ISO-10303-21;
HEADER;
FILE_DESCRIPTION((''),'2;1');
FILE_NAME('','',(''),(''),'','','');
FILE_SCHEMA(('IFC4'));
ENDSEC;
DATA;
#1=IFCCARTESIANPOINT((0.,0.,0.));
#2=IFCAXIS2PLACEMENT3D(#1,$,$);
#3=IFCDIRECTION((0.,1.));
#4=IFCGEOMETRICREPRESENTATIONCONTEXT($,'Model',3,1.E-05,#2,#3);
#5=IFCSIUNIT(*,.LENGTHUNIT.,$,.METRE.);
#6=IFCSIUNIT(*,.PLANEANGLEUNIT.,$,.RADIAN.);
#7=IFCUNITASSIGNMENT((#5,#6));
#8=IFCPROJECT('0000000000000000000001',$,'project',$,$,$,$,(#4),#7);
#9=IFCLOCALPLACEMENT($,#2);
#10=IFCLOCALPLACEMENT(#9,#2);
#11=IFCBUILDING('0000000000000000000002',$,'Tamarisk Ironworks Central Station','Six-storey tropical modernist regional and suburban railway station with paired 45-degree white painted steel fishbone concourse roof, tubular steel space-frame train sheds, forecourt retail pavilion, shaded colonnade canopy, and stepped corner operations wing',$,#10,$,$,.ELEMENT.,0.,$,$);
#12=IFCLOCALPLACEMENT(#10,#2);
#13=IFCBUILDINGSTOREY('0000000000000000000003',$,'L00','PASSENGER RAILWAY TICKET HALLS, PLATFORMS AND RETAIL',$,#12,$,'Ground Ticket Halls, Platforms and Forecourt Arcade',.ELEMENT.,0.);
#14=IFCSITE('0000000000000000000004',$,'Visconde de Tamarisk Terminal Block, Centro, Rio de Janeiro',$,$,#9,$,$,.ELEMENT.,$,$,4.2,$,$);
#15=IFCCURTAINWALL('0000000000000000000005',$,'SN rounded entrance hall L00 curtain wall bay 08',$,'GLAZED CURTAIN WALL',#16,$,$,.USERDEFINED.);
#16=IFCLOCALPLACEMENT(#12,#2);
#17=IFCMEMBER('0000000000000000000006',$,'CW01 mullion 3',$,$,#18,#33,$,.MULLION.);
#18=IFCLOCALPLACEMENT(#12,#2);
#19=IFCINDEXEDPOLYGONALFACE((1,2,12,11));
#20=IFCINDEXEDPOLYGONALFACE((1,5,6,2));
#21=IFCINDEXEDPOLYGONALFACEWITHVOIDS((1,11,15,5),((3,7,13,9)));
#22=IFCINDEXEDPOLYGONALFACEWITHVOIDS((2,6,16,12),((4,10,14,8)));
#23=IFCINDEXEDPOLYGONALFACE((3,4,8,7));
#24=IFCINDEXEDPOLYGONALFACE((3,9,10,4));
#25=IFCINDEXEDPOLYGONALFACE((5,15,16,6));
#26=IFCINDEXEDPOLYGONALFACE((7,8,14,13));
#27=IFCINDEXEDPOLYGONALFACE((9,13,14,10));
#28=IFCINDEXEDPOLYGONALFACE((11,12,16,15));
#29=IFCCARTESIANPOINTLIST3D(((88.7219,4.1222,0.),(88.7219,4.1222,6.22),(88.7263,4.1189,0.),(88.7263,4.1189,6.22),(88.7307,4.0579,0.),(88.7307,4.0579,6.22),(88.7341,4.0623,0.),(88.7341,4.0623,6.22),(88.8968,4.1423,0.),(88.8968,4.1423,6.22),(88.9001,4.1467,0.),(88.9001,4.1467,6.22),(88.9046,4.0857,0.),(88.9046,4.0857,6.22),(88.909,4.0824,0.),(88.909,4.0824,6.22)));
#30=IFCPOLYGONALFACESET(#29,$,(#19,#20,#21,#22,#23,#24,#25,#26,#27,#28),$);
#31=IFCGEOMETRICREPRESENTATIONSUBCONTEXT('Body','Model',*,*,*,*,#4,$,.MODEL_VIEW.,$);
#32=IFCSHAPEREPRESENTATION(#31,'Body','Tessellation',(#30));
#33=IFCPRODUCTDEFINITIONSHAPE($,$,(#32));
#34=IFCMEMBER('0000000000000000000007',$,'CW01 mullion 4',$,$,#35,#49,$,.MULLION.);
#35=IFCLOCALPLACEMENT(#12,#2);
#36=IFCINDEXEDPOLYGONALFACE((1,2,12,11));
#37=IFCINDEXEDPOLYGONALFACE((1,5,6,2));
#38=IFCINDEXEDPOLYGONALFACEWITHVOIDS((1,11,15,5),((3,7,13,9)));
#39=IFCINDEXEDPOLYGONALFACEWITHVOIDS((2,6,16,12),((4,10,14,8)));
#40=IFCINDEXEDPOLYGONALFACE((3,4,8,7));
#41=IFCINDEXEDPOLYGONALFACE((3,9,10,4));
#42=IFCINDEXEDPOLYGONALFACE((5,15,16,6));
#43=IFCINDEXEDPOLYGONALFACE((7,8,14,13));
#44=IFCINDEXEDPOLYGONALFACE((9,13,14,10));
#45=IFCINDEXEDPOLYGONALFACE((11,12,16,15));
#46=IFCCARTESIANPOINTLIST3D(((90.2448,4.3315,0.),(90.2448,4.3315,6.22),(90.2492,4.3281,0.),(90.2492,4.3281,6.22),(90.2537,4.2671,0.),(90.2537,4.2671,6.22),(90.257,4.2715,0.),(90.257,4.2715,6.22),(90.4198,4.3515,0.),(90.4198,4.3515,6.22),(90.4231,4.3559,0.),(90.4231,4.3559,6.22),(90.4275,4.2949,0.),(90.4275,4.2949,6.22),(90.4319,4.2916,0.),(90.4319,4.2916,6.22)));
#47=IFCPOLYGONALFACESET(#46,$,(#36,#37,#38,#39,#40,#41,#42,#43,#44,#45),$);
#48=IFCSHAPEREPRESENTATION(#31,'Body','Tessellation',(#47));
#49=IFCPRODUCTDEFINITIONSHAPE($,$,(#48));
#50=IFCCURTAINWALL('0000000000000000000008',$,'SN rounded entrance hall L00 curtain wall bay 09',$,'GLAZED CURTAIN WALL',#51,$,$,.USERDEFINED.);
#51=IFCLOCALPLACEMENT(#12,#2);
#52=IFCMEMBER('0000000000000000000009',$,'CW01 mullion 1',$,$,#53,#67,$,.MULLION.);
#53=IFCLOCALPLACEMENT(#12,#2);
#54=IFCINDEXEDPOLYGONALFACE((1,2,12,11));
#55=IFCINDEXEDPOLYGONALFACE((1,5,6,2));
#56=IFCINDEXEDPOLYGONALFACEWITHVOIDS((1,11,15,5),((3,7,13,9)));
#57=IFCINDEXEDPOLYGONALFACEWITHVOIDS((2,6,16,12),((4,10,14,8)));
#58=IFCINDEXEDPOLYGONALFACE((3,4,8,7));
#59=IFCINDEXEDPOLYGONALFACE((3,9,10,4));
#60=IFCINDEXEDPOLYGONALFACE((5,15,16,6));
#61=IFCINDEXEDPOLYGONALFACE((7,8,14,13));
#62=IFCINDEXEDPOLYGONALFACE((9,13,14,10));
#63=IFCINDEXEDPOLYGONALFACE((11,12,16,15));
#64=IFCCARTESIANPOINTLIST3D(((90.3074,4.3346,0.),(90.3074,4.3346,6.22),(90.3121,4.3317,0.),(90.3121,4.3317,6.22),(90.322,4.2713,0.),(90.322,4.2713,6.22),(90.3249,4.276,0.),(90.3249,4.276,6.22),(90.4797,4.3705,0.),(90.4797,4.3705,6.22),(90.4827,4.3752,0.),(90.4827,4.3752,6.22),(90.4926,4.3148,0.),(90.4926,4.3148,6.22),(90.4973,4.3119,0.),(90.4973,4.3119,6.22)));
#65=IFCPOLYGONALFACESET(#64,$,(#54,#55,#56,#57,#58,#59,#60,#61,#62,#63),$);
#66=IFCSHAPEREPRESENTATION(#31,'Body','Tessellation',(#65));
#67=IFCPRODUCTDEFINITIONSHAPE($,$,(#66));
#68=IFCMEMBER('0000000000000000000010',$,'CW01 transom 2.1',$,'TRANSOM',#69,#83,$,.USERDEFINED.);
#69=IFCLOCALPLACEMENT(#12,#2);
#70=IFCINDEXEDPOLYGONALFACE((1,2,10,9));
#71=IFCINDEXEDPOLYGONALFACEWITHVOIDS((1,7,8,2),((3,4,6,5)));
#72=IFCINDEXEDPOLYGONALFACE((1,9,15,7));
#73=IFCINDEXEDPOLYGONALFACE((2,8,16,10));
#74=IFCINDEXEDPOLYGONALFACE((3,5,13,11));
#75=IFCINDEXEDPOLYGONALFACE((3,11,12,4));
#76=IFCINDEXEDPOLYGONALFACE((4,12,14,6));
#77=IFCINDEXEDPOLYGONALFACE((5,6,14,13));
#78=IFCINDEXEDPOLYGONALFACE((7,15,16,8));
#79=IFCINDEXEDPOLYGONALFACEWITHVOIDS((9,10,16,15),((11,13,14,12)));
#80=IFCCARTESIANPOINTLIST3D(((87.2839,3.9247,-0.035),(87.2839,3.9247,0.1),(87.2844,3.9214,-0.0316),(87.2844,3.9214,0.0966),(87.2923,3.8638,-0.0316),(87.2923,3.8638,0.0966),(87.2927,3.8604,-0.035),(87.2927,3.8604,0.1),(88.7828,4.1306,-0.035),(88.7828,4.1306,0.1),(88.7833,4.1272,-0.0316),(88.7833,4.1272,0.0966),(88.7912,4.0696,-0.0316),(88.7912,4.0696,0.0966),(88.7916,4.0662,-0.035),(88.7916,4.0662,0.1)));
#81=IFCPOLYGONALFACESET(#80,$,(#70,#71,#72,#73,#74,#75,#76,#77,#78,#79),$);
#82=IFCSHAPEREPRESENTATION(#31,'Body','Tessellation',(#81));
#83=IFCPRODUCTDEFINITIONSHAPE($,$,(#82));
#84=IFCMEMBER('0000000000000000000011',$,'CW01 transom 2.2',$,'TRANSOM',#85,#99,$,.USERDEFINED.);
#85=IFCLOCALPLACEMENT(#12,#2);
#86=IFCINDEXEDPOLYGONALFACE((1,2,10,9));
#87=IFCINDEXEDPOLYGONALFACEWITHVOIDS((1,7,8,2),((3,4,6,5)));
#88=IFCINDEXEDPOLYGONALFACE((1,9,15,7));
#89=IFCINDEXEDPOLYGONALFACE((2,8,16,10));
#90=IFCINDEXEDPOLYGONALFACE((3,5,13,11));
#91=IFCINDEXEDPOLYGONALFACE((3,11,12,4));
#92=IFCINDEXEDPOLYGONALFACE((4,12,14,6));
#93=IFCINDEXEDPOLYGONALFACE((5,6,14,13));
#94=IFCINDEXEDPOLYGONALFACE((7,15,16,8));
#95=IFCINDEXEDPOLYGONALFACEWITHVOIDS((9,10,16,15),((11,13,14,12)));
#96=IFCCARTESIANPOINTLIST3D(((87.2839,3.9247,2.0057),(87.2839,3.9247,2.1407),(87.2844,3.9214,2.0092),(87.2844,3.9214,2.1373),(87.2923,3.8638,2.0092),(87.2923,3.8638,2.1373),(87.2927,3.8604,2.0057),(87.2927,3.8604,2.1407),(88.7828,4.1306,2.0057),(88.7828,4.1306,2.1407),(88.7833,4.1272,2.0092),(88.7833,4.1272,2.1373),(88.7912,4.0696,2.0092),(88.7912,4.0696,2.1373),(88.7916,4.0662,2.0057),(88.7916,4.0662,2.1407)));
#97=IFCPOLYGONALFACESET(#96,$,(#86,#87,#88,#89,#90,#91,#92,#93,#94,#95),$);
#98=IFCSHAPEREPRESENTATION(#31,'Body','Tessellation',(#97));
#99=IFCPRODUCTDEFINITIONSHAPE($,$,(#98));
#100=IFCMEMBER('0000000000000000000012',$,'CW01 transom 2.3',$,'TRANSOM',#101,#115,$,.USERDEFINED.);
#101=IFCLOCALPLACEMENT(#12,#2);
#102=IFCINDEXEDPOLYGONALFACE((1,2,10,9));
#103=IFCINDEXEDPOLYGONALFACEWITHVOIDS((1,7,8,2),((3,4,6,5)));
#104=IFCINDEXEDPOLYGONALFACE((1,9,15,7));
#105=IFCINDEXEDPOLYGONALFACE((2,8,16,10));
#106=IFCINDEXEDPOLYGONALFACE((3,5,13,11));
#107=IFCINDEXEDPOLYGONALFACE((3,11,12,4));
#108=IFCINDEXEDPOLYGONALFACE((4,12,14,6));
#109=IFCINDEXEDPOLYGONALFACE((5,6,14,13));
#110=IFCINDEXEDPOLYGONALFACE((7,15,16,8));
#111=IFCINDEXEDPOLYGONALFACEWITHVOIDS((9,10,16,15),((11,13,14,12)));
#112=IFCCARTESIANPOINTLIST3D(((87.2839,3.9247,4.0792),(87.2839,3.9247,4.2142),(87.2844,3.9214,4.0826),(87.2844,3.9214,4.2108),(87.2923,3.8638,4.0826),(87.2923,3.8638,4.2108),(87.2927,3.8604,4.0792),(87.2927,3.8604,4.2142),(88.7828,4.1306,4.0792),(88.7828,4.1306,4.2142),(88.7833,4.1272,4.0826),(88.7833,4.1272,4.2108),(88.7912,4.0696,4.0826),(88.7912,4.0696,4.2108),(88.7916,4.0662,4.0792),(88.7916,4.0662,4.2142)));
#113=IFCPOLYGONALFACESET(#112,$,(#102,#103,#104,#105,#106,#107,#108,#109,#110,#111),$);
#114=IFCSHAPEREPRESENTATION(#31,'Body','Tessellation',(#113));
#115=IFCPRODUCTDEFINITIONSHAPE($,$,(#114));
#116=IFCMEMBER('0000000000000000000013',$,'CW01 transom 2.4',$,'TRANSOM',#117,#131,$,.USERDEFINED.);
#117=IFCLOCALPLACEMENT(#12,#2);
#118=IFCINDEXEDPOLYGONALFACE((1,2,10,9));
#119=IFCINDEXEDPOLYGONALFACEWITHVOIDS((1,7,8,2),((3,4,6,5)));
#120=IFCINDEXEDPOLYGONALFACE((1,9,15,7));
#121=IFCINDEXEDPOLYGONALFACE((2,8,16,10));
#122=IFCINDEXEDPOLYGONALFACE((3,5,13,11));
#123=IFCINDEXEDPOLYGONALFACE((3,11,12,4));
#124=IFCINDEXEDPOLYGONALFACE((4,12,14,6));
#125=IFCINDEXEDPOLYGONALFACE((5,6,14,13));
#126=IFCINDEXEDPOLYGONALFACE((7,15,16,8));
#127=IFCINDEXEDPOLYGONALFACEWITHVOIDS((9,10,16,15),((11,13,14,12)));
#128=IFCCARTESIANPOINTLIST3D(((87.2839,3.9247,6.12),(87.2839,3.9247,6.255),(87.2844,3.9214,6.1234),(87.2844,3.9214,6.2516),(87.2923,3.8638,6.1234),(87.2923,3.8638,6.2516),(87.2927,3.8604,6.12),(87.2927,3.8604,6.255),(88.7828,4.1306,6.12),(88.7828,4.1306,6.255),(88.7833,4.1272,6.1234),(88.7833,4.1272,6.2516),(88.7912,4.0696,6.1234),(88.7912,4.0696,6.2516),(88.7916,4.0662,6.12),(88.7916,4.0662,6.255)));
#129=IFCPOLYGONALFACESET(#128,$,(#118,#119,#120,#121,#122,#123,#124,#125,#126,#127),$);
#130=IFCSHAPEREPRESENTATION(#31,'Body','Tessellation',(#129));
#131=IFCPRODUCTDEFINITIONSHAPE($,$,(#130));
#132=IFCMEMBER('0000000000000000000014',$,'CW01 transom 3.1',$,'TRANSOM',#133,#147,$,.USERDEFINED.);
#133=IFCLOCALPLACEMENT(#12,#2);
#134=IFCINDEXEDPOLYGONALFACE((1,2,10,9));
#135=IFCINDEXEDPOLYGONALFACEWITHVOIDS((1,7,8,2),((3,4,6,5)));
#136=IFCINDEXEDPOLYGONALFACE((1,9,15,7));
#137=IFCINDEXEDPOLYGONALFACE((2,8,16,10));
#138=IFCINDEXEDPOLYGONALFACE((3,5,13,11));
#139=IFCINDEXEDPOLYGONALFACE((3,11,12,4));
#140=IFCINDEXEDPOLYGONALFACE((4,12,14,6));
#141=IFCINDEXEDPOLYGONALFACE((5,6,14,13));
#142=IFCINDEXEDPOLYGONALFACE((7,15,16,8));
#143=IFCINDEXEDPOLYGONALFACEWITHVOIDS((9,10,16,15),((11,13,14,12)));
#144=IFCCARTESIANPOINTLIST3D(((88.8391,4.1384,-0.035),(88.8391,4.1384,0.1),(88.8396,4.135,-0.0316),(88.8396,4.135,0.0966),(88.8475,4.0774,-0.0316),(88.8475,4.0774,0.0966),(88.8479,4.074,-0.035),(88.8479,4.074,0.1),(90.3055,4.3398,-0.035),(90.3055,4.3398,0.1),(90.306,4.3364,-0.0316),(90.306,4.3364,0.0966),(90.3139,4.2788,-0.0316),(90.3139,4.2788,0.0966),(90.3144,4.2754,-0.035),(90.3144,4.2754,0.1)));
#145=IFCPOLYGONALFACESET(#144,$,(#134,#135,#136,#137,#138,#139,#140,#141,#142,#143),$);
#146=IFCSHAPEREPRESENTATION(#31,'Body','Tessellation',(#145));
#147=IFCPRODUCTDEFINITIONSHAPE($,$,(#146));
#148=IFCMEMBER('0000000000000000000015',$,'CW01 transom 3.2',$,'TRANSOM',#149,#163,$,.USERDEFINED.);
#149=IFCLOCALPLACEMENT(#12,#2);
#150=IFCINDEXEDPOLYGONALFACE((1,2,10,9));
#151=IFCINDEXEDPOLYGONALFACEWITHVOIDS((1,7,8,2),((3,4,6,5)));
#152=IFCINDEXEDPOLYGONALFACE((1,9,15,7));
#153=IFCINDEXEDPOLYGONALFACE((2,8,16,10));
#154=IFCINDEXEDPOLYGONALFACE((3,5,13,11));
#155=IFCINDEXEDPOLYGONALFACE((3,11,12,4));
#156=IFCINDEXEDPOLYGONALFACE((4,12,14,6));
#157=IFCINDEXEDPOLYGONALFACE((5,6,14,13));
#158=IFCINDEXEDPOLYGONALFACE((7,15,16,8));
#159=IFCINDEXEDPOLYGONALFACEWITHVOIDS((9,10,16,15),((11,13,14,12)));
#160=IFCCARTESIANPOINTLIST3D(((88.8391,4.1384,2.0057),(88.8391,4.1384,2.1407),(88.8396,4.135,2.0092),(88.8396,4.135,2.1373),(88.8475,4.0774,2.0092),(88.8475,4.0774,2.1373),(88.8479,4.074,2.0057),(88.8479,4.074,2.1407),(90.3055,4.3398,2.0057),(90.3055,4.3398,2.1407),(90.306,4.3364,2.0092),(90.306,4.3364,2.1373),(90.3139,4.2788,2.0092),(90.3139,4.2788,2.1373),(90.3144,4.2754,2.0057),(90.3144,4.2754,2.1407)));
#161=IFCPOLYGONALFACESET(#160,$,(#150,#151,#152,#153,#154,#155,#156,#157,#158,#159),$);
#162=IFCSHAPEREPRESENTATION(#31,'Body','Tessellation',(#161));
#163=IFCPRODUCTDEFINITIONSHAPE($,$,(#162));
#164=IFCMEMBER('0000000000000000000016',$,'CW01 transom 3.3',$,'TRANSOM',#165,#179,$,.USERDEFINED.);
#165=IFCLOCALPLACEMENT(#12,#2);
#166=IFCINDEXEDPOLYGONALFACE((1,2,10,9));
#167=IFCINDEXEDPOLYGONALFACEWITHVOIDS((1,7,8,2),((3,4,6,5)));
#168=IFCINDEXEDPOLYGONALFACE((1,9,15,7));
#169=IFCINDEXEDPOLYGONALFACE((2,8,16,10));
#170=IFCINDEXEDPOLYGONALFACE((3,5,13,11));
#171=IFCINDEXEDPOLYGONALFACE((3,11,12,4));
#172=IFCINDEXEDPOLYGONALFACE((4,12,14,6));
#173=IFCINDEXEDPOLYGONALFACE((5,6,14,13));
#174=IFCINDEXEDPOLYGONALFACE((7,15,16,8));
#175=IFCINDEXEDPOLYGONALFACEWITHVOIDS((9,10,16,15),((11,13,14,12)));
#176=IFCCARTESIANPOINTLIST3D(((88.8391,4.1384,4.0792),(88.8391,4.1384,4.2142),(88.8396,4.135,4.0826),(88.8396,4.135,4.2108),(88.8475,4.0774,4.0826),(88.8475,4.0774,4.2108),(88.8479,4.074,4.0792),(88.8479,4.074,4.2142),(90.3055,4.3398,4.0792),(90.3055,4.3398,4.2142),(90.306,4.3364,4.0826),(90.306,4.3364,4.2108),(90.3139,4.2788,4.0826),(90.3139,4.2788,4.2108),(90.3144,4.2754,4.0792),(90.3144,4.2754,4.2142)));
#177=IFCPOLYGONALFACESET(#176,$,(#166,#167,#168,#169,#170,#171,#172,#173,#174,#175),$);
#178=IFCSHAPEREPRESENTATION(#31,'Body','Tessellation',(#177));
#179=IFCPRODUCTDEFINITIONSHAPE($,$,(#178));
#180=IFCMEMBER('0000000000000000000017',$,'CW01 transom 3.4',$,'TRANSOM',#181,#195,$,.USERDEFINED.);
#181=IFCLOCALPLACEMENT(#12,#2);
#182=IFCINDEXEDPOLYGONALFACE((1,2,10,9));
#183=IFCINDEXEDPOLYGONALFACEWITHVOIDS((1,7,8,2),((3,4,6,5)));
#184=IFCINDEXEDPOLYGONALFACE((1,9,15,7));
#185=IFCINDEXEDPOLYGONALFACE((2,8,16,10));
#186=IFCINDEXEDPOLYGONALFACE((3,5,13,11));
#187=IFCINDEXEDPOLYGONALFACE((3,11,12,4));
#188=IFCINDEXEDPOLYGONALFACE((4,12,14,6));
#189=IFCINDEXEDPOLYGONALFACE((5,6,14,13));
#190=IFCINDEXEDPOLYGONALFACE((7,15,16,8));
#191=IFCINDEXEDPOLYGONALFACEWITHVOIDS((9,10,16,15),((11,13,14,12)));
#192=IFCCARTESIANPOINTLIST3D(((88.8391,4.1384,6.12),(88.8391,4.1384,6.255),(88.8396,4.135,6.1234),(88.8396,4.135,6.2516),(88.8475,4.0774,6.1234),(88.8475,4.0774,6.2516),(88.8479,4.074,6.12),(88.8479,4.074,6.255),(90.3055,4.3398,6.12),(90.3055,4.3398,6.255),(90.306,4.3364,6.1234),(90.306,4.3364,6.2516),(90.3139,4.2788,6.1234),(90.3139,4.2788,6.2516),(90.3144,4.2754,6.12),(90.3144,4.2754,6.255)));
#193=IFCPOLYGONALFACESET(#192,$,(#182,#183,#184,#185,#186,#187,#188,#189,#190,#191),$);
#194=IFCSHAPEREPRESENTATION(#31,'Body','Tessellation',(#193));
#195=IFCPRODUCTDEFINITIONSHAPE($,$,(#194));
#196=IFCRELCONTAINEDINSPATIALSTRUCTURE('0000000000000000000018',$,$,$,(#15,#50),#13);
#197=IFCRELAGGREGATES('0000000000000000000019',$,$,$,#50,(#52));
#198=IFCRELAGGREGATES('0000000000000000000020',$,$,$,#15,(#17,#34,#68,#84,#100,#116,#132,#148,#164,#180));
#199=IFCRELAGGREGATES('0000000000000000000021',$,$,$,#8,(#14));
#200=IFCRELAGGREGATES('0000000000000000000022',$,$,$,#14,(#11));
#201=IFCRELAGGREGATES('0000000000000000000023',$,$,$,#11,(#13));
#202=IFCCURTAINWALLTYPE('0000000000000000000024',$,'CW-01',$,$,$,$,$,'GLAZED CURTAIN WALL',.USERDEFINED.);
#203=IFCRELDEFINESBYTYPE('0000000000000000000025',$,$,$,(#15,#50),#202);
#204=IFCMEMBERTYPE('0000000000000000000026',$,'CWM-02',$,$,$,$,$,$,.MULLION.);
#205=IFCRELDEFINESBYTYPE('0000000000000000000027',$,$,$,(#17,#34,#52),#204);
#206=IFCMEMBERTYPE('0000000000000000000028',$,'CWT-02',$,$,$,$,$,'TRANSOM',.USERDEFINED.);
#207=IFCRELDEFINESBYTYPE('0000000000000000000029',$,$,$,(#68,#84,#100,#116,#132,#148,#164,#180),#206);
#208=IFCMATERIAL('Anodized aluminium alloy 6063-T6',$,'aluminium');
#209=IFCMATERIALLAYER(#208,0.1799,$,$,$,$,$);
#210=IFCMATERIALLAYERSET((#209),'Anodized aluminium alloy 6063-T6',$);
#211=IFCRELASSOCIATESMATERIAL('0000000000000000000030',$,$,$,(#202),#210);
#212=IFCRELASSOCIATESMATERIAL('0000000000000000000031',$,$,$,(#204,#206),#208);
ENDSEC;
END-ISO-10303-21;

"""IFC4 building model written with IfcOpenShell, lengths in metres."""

from ifc_helpers import new_model, si_unit, direction, frame, origin, origin_2d, place, context, subcontext, project, spatial, hollow_rectangle, extrude, material, layer, layer_set, material_profile, profile_set, type_object, element, aggregate, save


model = new_model("IFC4")

# Units and contexts
model_context = context("Model", 3, precision=1e-05, world=origin(), true_north=direction((0.0, 1.0)))
body_context = subcontext(model_context, "Body", "Model", "MODEL_VIEW")
ifc_project = project(units=[si_unit("LENGTHUNIT", "METRE"), si_unit("PLANEANGLEUNIT", "RADIAN")], contexts=[model_context])

# Site, building, storey
site_placement = place(None, origin())
site = spatial("IfcSite", under=ifc_project, at=site_placement, Name="Visconde de Tamarisk Terminal Block, Centro, Rio de Janeiro", CompositionType="ELEMENT", RefElevation=4.2)
building_placement = place(site_placement, origin())
building = spatial("IfcBuilding", under=site, at=building_placement, Name="Tamarisk Ironworks Central Station", Description="Six-storey tropical modernist regional and suburban railway station with paired 45-degree white painted steel fishbone concourse roof, tubular steel space-frame train sheds, forecourt retail pavilion, shaded colonnade canopy, and stepped corner operations wing", CompositionType="ELEMENT", ElevationOfRefHeight=0.0)
storey_placement = place(building_placement, origin())
storey = spatial("IfcBuildingStorey", under=building, at=storey_placement, Name="L00", Description="PASSENGER RAILWAY TICKET HALLS, PLATFORMS AND RETAIL", LongName="Ground Ticket Halls, Platforms and Forecourt Arcade", CompositionType="ELEMENT", Elevation=0.0)

# Curtain wall, members
ifc_material_1 = material(Name="Anodized aluminium alloy 6063-T6", Category="aluminium")
ifc_layer_1 = layer(ifc_material_1, 0.1799)
ifc_layer_set_1 = layer_set([ifc_layer_1], Name="Anodized aluminium alloy 6063-T6")
curtain_wall_type = type_object("IfcCurtainWallType", Name="CW-01", ElementType="GLAZED CURTAIN WALL", PredefinedType="USERDEFINED", material=ifc_layer_set_1)
curtain_wall_1_placement = place(storey_placement, origin())
curtain_wall_1 = element("IfcCurtainWall", 1, at=curtain_wall_1_placement, inside=storey, type_object=curtain_wall_type, Name="SN rounded entrance hall L00 curtain wall bay 08", ObjectType="GLAZED CURTAIN WALL", PredefinedType="USERDEFINED")
ifc_material_profile_1 = material_profile(ifc_material_1, hollow_rectangle(XDim=0.0649, YDim=0.1799, WallThickness=0.0039, at=origin_2d()), Name="ALUM 180x65")
ifc_profile_set_1 = profile_set([ifc_material_profile_1], Name="Anodized aluminium alloy 6063-T6")
member_type_1 = type_object("IfcMemberType", Name="CWM-02", PredefinedType="MULLION", material=ifc_profile_set_1)
member_1_placement = place(storey_placement, frame((88.8154, 4.1023, 0.0), z_axis=(0.0, 0.0, 1.0), x_axis=(-0.136042, 0.990703, 0.0)))
member_1 = element("IfcMember", 2, at=member_1_placement, type_object=member_type_1, Name="CW01 mullion 3", PredefinedType="MULLION", context=body_context, shape_type="SweptSolid", body=[
    extrude(hollow_rectangle(XDim=0.0649, YDim=0.1799, WallThickness=0.0039, at=origin_2d()), origin(), (0.0, 0.0, 1.0), 6.22),
])
member_2_placement = place(storey_placement, frame((90.3384, 4.3115, 0.0), z_axis=(0.0, 0.0, 1.0), x_axis=(-0.136042, 0.990703, 0.0)))
member_2 = element("IfcMember", 3, at=member_2_placement, type_object=member_type_1, Name="CW01 mullion 4", PredefinedType="MULLION", context=body_context, shape_type="SweptSolid", body=[
    extrude(hollow_rectangle(XDim=0.0649, YDim=0.1799, WallThickness=0.0039, at=origin_2d()), origin(), (0.0, 0.0, 1.0), 6.22),
])

# Curtain wall, member
curtain_wall_2_placement = place(storey_placement, origin())
curtain_wall_2 = element("IfcCurtainWall", 4, at=curtain_wall_2_placement, inside=storey, type_object=curtain_wall_type, Name="SN rounded entrance hall L00 curtain wall bay 09", ObjectType="GLAZED CURTAIN WALL", PredefinedType="USERDEFINED")
member_3_placement = place(storey_placement, frame((90.4023, 4.3232, 0.0), z_axis=(0.0, 0.0, 1.0), x_axis=(-0.225517, 0.974239, 0.0)))
member_3 = element("IfcMember", 5, at=member_3_placement, type_object=member_type_1, Name="CW01 mullion 1", PredefinedType="MULLION", context=body_context, shape_type="SweptSolid", body=[
    extrude(hollow_rectangle(XDim=0.0649, YDim=0.1799, WallThickness=0.0039, at=origin_2d()), origin(), (0.0, 0.0, 1.0), 6.22),
])

# Members
ifc_material_profile_2 = material_profile(ifc_material_1, hollow_rectangle(XDim=0.0649, YDim=0.135, WallThickness=0.0034, at=origin_2d()), Name="ALUM 135x65")
ifc_profile_set_2 = profile_set([ifc_material_profile_2], Name="Anodized aluminium alloy 6063-T6")
member_type_2 = type_object("IfcMemberType", Name="CWT-02", ElementType="TRANSOM", PredefinedType="USERDEFINED", material=ifc_profile_set_2)
member_4_placement = place(storey_placement, frame((87.2883, 3.8926, 0.0325), z_axis=(0.990703, 0.136042, 0.0), x_axis=(-0.136042, 0.990703, 0.0)))
member_4 = element("IfcMember", 6, at=member_4_placement, type_object=member_type_2, Name="CW01 transom 2.1", ObjectType="TRANSOM", PredefinedType="USERDEFINED", context=body_context, shape_type="SweptSolid", body=[
    extrude(hollow_rectangle(XDim=0.0649, YDim=0.135, WallThickness=0.0034, at=origin_2d()), origin(), (0.0, 0.0, 1.0), 1.5129),
])
member_5_placement = place(storey_placement, frame((87.2883, 3.8926, 2.0732), z_axis=(0.990703, 0.136042, 0.0), x_axis=(-0.136042, 0.990703, 0.0)))
member_5 = element("IfcMember", 7, at=member_5_placement, type_object=member_type_2, Name="CW01 transom 2.2", ObjectType="TRANSOM", PredefinedType="USERDEFINED", context=body_context, shape_type="SweptSolid", body=[
    extrude(hollow_rectangle(XDim=0.0649, YDim=0.135, WallThickness=0.0034, at=origin_2d()), origin(), (0.0, 0.0, 1.0), 1.5129),
])
member_6_placement = place(storey_placement, frame((87.2883, 3.8926, 4.1467), z_axis=(0.990703, 0.136042, 0.0), x_axis=(-0.136042, 0.990703, 0.0)))
member_6 = element("IfcMember", 8, at=member_6_placement, type_object=member_type_2, Name="CW01 transom 2.3", ObjectType="TRANSOM", PredefinedType="USERDEFINED", context=body_context, shape_type="SweptSolid", body=[
    extrude(hollow_rectangle(XDim=0.0649, YDim=0.135, WallThickness=0.0034, at=origin_2d()), origin(), (0.0, 0.0, 1.0), 1.5129),
])
member_7_placement = place(storey_placement, frame((87.2883, 3.8926, 6.1875), z_axis=(0.990703, 0.136042, 0.0), x_axis=(-0.136042, 0.990703, 0.0)))
member_7 = element("IfcMember", 9, at=member_7_placement, type_object=member_type_2, Name="CW01 transom 2.4", ObjectType="TRANSOM", PredefinedType="USERDEFINED", context=body_context, shape_type="SweptSolid", body=[
    extrude(hollow_rectangle(XDim=0.0649, YDim=0.135, WallThickness=0.0034, at=origin_2d()), origin(), (0.0, 0.0, 1.0), 1.5129),
])
member_8_placement = place(storey_placement, frame((88.8435, 4.1062, 0.0325), z_axis=(0.9907, 0.136063, 0.0), x_axis=(-0.136063, 0.9907, 0.0)))
member_8 = element("IfcMember", 10, at=member_8_placement, type_object=member_type_2, Name="CW01 transom 3.1", ObjectType="TRANSOM", PredefinedType="USERDEFINED", context=body_context, shape_type="SweptSolid", body=[
    extrude(hollow_rectangle(XDim=0.0649, YDim=0.135, WallThickness=0.0034, at=origin_2d()), origin(), (0.0, 0.0, 1.0), 1.4802),
])
member_9_placement = place(storey_placement, frame((88.8435, 4.1062, 2.0732), z_axis=(0.9907, 0.136063, 0.0), x_axis=(-0.136063, 0.9907, 0.0)))
member_9 = element("IfcMember", 11, at=member_9_placement, type_object=member_type_2, Name="CW01 transom 3.2", ObjectType="TRANSOM", PredefinedType="USERDEFINED", context=body_context, shape_type="SweptSolid", body=[
    extrude(hollow_rectangle(XDim=0.0649, YDim=0.135, WallThickness=0.0034, at=origin_2d()), origin(), (0.0, 0.0, 1.0), 1.4802),
])
member_10_placement = place(storey_placement, frame((88.8435, 4.1062, 4.1467), z_axis=(0.9907, 0.136063, 0.0), x_axis=(-0.136063, 0.9907, 0.0)))
member_10 = element("IfcMember", 12, at=member_10_placement, type_object=member_type_2, Name="CW01 transom 3.3", ObjectType="TRANSOM", PredefinedType="USERDEFINED", context=body_context, shape_type="SweptSolid", body=[
    extrude(hollow_rectangle(XDim=0.0649, YDim=0.135, WallThickness=0.0034, at=origin_2d()), origin(), (0.0, 0.0, 1.0), 1.4802),
])
member_11_placement = place(storey_placement, frame((88.8435, 4.1062, 6.1875), z_axis=(0.9907, 0.136063, 0.0), x_axis=(-0.136063, 0.9907, 0.0)))
member_11 = element("IfcMember", 13, at=member_11_placement, type_object=member_type_2, Name="CW01 transom 3.4", ObjectType="TRANSOM", PredefinedType="USERDEFINED", context=body_context, shape_type="SweptSolid", body=[
    extrude(hollow_rectangle(XDim=0.0649, YDim=0.135, WallThickness=0.0034, at=origin_2d()), origin(), (0.0, 0.0, 1.0), 1.4802),
])
aggregate(curtain_wall_2, [member_3])

aggregate(curtain_wall_1, [member_1, member_2, member_4, member_5, member_6, member_7, member_8, member_9, member_10, member_11])

save(model, "model.ifc")
